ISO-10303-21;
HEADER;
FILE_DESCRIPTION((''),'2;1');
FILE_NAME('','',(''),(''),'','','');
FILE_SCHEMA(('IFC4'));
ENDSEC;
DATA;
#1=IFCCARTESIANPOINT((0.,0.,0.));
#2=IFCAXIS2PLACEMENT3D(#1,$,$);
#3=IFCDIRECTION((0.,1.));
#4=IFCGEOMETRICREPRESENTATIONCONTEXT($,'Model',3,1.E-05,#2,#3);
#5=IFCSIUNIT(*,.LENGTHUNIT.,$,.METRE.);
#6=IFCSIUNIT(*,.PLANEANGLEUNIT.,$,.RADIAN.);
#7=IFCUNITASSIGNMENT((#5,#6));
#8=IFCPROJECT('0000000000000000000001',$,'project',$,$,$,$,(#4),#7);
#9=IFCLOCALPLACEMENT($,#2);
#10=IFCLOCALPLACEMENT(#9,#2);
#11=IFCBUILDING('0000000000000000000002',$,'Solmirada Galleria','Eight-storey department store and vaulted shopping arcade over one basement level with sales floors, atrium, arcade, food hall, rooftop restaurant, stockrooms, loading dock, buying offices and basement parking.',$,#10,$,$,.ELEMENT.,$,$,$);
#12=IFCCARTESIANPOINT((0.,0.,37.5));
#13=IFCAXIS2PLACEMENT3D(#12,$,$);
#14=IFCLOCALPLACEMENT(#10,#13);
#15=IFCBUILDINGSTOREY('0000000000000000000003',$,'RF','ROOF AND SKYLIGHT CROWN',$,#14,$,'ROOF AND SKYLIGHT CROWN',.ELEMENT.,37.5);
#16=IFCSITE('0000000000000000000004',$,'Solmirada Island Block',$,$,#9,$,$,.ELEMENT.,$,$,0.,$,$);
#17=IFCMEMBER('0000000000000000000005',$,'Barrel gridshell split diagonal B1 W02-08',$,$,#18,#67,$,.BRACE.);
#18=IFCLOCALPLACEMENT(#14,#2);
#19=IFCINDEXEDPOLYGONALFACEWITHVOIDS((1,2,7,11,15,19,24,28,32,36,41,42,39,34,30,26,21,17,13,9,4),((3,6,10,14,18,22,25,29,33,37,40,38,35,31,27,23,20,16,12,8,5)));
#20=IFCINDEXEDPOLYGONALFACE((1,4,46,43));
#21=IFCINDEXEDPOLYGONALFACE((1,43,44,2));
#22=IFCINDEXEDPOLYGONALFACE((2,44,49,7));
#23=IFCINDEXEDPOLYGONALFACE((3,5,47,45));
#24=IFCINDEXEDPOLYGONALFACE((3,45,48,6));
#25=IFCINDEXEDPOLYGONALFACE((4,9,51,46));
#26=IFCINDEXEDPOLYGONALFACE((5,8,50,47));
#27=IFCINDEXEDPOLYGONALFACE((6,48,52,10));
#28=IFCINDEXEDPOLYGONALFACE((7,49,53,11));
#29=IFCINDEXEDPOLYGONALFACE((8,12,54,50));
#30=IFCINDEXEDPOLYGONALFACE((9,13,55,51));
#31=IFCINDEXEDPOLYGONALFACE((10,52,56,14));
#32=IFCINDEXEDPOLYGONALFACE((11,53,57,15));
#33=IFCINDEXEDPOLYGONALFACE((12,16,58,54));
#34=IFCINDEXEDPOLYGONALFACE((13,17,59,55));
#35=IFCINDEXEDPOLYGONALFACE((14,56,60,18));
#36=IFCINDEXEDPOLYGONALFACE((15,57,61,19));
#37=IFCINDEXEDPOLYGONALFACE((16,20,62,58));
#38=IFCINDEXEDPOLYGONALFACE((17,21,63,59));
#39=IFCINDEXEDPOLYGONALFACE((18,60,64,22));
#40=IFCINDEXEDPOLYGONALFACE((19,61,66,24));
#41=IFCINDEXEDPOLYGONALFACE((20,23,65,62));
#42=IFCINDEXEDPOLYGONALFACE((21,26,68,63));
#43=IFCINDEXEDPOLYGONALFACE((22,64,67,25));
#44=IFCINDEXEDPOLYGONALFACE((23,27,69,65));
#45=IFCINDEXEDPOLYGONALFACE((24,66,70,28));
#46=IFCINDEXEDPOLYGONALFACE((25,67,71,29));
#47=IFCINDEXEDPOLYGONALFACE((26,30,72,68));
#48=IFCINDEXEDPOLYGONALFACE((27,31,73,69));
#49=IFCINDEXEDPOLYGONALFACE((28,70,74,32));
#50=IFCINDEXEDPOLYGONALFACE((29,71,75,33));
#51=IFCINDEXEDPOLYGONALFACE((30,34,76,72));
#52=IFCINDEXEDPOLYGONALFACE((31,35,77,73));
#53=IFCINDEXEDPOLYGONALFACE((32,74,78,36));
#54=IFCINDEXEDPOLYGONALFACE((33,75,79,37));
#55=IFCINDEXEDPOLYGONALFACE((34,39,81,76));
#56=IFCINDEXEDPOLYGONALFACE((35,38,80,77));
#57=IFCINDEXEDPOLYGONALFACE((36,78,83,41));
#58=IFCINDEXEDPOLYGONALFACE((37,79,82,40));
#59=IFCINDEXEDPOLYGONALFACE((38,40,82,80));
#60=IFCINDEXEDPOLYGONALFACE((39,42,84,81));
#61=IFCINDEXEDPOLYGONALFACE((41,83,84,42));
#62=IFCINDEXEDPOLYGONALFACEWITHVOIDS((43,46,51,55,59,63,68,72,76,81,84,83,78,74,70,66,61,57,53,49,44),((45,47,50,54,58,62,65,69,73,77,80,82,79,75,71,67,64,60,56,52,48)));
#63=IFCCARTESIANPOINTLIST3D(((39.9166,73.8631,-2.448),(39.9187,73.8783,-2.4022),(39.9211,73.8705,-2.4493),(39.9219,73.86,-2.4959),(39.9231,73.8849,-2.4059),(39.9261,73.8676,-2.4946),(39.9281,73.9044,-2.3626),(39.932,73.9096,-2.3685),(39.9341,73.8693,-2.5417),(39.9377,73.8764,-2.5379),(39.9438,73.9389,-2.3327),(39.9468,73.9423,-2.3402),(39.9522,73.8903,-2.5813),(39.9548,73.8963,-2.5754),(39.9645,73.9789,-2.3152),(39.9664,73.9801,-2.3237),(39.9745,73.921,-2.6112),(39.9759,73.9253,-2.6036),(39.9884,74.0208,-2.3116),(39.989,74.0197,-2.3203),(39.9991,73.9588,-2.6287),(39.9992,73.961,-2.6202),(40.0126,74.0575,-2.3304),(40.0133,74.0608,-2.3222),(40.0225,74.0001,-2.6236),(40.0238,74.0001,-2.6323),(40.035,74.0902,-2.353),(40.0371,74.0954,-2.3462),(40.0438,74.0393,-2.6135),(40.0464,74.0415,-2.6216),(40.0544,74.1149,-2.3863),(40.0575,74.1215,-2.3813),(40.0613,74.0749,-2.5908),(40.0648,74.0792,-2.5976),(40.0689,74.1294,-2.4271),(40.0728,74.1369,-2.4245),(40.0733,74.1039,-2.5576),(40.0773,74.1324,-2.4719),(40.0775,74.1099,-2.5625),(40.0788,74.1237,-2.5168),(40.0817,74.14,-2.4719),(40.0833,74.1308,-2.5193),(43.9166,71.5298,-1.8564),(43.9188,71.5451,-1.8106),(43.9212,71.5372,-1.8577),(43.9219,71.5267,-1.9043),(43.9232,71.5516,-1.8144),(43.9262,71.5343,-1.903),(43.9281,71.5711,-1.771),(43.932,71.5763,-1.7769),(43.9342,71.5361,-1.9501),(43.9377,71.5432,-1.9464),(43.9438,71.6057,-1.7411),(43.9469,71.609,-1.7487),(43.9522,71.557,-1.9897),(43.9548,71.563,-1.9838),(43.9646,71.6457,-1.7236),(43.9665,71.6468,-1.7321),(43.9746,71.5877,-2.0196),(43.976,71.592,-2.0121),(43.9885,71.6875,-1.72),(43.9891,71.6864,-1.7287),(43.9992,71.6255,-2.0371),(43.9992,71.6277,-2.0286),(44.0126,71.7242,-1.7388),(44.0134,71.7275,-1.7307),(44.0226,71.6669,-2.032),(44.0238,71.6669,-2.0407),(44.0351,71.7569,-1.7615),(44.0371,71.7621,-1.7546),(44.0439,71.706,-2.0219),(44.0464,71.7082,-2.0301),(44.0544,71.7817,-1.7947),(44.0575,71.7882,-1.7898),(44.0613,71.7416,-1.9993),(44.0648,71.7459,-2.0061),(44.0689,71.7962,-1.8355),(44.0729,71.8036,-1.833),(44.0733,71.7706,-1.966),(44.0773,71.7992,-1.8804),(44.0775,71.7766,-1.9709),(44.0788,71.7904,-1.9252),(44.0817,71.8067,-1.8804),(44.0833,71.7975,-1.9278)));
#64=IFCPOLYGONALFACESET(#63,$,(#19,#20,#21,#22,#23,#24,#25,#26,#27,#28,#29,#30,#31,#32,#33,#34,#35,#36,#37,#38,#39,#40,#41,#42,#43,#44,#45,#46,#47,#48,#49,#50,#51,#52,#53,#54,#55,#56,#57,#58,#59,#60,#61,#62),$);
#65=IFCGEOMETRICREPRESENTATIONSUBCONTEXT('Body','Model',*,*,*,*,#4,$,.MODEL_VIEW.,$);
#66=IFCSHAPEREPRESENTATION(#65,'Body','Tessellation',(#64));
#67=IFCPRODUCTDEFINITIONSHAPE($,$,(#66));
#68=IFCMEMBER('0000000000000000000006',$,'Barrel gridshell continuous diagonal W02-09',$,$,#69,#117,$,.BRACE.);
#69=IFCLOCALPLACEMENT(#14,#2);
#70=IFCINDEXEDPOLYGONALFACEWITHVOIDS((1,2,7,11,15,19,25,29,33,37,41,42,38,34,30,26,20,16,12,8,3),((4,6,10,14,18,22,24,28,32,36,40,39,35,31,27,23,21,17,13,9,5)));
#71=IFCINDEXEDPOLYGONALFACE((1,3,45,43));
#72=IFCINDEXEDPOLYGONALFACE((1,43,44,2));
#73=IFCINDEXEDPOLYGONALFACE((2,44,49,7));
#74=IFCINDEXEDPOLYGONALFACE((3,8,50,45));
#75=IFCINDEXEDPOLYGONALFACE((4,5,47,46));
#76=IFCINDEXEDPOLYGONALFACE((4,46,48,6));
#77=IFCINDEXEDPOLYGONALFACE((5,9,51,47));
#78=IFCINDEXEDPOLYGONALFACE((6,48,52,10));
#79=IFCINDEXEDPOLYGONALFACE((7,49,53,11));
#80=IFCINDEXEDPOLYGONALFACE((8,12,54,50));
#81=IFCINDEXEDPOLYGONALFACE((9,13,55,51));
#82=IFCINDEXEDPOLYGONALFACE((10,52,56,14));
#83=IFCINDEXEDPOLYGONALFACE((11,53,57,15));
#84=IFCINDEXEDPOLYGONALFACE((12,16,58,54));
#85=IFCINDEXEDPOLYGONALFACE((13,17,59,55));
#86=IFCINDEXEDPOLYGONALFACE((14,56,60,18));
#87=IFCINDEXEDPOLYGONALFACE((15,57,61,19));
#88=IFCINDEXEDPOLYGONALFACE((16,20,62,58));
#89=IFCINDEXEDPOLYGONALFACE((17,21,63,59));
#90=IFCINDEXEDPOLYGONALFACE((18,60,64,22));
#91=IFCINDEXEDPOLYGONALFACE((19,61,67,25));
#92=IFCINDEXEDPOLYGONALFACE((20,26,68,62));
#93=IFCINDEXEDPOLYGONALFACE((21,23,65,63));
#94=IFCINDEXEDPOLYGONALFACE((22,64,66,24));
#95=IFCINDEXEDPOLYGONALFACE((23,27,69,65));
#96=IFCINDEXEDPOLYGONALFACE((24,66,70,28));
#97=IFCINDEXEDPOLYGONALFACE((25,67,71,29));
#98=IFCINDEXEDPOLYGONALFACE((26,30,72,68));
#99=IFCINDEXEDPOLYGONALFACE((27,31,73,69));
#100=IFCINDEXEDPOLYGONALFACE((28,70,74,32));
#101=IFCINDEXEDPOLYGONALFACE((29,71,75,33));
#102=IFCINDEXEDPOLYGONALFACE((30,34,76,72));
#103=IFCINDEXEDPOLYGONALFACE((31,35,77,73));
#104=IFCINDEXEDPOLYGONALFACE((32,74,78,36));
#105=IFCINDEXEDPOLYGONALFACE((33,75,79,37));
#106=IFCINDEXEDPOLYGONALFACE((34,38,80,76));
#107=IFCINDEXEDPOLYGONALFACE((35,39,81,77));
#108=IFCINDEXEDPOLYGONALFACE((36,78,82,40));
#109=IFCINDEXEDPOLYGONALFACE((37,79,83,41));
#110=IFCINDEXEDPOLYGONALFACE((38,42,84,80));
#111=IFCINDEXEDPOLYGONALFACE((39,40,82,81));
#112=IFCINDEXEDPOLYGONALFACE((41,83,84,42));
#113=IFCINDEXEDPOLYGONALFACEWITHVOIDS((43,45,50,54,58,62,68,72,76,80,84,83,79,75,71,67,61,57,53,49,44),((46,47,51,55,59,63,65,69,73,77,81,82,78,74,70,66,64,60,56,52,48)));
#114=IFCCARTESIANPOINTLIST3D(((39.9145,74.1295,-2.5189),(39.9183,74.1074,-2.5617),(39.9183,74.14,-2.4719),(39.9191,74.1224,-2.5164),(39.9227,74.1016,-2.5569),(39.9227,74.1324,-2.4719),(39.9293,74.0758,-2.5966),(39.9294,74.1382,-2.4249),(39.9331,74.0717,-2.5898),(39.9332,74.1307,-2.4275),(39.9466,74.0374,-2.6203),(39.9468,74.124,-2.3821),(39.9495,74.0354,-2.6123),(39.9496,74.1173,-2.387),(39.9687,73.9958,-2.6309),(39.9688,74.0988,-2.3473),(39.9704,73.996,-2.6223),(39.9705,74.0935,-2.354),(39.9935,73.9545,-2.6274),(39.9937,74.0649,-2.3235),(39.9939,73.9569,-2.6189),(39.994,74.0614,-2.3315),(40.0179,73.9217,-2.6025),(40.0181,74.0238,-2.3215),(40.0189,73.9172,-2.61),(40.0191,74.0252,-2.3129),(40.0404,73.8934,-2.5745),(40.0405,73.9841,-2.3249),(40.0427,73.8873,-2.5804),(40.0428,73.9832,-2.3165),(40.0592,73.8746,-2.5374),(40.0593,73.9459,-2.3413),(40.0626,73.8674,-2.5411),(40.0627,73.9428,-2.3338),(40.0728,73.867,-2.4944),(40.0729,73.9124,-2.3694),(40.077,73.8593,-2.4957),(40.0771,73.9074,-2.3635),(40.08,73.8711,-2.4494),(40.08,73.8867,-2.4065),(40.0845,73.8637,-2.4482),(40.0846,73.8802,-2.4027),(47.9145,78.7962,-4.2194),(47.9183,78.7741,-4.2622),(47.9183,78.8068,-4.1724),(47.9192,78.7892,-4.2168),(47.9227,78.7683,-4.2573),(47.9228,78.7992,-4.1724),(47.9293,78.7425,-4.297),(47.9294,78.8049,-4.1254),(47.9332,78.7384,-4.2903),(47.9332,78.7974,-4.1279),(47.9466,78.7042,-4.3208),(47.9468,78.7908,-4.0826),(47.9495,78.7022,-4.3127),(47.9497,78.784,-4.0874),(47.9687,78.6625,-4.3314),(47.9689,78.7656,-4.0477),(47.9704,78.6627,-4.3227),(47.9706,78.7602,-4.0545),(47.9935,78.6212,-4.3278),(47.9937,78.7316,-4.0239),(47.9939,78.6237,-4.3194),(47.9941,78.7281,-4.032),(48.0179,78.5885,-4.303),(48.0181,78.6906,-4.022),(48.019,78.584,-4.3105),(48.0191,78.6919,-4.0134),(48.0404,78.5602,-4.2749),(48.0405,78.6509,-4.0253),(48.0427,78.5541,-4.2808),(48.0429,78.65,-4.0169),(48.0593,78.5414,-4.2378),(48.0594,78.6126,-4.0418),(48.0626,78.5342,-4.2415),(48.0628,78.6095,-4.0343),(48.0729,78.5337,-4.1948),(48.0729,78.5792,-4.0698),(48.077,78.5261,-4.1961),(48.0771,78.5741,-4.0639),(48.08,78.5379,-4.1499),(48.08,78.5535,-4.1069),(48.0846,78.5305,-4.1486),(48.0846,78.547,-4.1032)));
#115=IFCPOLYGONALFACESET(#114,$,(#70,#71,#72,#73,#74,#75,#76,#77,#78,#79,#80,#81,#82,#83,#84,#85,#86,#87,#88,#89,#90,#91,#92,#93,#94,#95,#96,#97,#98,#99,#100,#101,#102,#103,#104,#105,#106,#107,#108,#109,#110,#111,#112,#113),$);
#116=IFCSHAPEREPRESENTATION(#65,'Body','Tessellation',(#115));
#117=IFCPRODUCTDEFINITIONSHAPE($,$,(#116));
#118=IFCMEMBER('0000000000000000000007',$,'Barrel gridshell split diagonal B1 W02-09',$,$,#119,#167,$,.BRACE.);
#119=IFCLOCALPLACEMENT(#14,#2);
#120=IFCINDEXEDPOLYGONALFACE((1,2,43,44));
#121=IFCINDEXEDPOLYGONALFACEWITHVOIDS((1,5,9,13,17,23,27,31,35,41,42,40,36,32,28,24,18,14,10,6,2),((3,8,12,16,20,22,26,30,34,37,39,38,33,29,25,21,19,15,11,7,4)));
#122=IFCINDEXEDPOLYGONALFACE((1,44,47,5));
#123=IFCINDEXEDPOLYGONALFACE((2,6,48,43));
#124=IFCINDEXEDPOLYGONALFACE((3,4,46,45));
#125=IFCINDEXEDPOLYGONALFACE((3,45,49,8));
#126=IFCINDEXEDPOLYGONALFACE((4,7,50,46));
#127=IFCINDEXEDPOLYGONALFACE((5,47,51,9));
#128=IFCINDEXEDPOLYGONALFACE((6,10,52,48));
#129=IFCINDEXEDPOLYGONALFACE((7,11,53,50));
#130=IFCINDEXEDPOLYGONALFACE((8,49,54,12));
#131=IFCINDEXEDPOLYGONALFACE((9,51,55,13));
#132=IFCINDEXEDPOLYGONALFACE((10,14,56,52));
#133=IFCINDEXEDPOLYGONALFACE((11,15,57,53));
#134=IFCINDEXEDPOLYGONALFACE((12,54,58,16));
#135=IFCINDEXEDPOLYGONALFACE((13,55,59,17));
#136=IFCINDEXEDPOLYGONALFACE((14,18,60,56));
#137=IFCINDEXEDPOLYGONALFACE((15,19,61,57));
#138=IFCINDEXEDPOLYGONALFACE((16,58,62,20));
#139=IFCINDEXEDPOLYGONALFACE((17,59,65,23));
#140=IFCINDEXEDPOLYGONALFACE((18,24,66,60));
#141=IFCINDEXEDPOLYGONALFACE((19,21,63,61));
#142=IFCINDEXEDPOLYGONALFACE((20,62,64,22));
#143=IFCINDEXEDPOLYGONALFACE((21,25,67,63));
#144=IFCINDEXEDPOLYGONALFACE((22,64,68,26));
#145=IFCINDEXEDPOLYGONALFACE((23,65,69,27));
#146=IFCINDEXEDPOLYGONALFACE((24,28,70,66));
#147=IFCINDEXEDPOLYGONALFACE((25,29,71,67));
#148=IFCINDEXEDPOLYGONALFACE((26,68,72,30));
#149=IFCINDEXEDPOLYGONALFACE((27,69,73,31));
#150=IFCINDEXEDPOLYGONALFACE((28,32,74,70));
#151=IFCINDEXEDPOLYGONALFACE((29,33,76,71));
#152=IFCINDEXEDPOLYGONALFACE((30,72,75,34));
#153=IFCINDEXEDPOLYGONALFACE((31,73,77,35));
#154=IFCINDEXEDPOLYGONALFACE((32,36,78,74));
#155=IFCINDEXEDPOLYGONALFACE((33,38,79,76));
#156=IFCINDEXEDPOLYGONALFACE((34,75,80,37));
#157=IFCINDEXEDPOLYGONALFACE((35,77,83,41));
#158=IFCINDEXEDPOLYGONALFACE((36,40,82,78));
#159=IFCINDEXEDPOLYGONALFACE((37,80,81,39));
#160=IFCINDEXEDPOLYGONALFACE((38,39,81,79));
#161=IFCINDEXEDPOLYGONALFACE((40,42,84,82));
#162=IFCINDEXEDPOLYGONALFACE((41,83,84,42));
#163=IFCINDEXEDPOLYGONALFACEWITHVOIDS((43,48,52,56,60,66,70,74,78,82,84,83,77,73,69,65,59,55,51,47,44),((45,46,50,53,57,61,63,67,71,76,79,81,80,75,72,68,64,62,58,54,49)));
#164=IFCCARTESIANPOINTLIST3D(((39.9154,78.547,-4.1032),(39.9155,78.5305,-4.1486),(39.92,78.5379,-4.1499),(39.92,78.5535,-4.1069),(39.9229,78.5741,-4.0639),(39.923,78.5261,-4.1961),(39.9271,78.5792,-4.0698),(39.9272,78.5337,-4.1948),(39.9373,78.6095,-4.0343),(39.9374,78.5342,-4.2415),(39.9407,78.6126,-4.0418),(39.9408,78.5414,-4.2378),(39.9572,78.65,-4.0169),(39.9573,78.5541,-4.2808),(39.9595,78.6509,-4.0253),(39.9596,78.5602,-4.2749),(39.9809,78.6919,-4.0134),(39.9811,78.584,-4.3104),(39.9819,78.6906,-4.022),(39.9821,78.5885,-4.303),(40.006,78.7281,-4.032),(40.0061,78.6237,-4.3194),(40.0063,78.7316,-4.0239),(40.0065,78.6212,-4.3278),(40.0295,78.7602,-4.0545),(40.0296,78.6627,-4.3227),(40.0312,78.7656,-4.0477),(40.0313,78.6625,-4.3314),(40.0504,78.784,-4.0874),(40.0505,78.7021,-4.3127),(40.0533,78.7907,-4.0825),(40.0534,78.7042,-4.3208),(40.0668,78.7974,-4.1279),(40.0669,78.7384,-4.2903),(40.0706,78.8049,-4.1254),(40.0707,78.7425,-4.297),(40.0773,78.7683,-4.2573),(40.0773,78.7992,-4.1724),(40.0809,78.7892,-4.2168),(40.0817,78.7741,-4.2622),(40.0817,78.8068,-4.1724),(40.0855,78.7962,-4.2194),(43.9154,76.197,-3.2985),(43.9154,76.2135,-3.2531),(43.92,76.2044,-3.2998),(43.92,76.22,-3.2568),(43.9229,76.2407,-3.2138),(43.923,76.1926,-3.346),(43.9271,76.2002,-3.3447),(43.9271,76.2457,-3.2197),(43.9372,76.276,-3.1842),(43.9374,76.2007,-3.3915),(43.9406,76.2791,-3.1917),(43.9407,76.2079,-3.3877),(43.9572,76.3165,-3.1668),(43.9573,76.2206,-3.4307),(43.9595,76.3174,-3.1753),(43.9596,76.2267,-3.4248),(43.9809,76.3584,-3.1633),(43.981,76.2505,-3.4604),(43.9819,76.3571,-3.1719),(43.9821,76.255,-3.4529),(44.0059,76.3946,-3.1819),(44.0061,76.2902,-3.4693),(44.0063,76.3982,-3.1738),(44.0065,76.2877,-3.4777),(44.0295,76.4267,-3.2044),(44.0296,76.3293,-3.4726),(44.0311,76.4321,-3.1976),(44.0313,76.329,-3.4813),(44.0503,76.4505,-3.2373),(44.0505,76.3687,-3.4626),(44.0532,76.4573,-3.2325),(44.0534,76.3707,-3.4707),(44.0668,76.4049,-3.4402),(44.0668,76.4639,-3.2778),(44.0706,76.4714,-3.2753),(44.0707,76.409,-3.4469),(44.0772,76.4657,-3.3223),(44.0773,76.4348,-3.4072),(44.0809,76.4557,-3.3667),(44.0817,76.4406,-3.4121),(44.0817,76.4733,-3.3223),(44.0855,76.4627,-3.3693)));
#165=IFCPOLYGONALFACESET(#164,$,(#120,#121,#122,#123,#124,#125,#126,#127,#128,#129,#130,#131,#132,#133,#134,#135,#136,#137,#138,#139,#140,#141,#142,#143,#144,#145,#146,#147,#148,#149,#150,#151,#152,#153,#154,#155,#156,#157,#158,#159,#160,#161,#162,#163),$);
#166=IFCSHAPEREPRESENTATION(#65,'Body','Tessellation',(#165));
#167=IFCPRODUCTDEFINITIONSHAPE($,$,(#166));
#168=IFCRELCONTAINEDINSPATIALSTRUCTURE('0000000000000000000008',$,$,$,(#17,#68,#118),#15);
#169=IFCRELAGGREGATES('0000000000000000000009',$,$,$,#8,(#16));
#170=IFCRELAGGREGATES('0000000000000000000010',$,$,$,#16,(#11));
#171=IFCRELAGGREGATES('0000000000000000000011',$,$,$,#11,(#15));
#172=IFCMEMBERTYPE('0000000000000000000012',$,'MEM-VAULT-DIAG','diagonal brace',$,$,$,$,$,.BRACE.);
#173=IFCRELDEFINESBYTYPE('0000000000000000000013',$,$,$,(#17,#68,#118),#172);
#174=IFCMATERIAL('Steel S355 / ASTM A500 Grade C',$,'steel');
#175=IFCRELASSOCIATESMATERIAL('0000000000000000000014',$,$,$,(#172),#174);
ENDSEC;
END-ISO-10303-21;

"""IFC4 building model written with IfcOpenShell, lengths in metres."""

from ifc_helpers import new_model, si_unit, direction, frame, origin, origin_2d, place, context, subcontext, project, spatial, hollow_circle, extrude, material, material_profile, profile_set, type_object, element, save


model = new_model("IFC4")

# Units and contexts
model_context = context("Model", 3, precision=1e-05, world=origin(), true_north=direction((0.0, 1.0)))
body_context = subcontext(model_context, "Body", "Model", "MODEL_VIEW")
ifc_project = project(units=[si_unit("LENGTHUNIT", "METRE"), si_unit("PLANEANGLEUNIT", "RADIAN")], contexts=[model_context])

# Site, building, storey
site_placement = place(None, origin())
site = spatial("IfcSite", under=ifc_project, at=site_placement, Name="Solmirada Island Block", CompositionType="ELEMENT", RefElevation=0.0)
building_placement = place(site_placement, origin())
building = spatial("IfcBuilding", under=site, at=building_placement, Name="Solmirada Galleria", Description="Eight-storey department store and vaulted shopping arcade over one basement level with sales floors, atrium, arcade, food hall, rooftop restaurant, stockrooms, loading dock, buying offices and basement parking.", CompositionType="ELEMENT")
storey_placement = place(building_placement, frame((0.0, 0.0, 37.5)))
storey = spatial("IfcBuildingStorey", under=building, at=storey_placement, Name="RF", Description="ROOF AND SKYLIGHT CROWN", LongName="ROOF AND SKYLIGHT CROWN", CompositionType="ELEMENT", Elevation=37.5)

# Members
ifc_material_1 = material(Name="Steel S355 / ASTM A500 Grade C", Category="steel")
ifc_material_profile_1 = material_profile(ifc_material_1, hollow_circle(Radius=0.1621, WallThickness=0.0088, at=origin_2d()), Name="HSS12.750X0.375")
ifc_profile_set_1 = profile_set([ifc_material_profile_1], Name="Steel S355 / ASTM A500 Grade C")
member_type_1 = type_object("IfcMemberType", Name="MEM-VAULT-DIAG", Description="diagonal brace", PredefinedType="BRACE", material=ifc_profile_set_1)
member_1_placement = place(storey_placement, frame((40.0, 74.0, -2.4719), z_axis=(0.856824, -0.499796, 0.126714), x_axis=(0.503858, 0.863787, 0.0)))
element("IfcMember", 1, at=member_1_placement, inside=storey, type_object=member_type_1, Name="Barrel gridshell split diagonal B1 W02-08", PredefinedType="BRACE", context=body_context, shape_type="SweptSolid", body=[
    extrude(hollow_circle(Radius=0.1621, WallThickness=0.0088, at=origin_2d()), origin(), (0.0, 0.0, 1.0), 4.6685),
])
member_2_placement = place(storey_placement, frame((40.0, 74.0, -2.4719), z_axis=(0.849575, 0.495594, -0.180581), x_axis=(-0.503878, 0.863775, 0.0)))
element("IfcMember", 2, at=member_2_placement, inside=storey, type_object=member_type_1, Name="Barrel gridshell continuous diagonal W02-09", PredefinedType="BRACE", context=body_context, shape_type="SweptSolid", body=[
    extrude(hollow_circle(Radius=0.1621, WallThickness=0.0088, at=origin_2d()), origin(), (0.0, 0.0, 1.0), 9.4165),
])
for number, where, z_axis, x_axis, name in (
    (3, (40.0, 78.6667, -4.1724), (0.849568, -0.495616, 0.180554), (0.503897, 0.863764, 0.0), "Barrel gridshell split diagonal B1 W02-09"),
):
    element("IfcMember", number, at=place(storey_placement, frame(where, z_axis=z_axis, x_axis=x_axis)), inside=storey, type_object=member_type_1, Name=name, PredefinedType="BRACE", context=body_context, shape_type="SweptSolid", body=[
        extrude(hollow_circle(Radius=0.1621, WallThickness=0.0088, at=origin_2d()), origin(), (0.0, 0.0, 1.0), 4.7083),
    ])

save(model, "model.ifc")
